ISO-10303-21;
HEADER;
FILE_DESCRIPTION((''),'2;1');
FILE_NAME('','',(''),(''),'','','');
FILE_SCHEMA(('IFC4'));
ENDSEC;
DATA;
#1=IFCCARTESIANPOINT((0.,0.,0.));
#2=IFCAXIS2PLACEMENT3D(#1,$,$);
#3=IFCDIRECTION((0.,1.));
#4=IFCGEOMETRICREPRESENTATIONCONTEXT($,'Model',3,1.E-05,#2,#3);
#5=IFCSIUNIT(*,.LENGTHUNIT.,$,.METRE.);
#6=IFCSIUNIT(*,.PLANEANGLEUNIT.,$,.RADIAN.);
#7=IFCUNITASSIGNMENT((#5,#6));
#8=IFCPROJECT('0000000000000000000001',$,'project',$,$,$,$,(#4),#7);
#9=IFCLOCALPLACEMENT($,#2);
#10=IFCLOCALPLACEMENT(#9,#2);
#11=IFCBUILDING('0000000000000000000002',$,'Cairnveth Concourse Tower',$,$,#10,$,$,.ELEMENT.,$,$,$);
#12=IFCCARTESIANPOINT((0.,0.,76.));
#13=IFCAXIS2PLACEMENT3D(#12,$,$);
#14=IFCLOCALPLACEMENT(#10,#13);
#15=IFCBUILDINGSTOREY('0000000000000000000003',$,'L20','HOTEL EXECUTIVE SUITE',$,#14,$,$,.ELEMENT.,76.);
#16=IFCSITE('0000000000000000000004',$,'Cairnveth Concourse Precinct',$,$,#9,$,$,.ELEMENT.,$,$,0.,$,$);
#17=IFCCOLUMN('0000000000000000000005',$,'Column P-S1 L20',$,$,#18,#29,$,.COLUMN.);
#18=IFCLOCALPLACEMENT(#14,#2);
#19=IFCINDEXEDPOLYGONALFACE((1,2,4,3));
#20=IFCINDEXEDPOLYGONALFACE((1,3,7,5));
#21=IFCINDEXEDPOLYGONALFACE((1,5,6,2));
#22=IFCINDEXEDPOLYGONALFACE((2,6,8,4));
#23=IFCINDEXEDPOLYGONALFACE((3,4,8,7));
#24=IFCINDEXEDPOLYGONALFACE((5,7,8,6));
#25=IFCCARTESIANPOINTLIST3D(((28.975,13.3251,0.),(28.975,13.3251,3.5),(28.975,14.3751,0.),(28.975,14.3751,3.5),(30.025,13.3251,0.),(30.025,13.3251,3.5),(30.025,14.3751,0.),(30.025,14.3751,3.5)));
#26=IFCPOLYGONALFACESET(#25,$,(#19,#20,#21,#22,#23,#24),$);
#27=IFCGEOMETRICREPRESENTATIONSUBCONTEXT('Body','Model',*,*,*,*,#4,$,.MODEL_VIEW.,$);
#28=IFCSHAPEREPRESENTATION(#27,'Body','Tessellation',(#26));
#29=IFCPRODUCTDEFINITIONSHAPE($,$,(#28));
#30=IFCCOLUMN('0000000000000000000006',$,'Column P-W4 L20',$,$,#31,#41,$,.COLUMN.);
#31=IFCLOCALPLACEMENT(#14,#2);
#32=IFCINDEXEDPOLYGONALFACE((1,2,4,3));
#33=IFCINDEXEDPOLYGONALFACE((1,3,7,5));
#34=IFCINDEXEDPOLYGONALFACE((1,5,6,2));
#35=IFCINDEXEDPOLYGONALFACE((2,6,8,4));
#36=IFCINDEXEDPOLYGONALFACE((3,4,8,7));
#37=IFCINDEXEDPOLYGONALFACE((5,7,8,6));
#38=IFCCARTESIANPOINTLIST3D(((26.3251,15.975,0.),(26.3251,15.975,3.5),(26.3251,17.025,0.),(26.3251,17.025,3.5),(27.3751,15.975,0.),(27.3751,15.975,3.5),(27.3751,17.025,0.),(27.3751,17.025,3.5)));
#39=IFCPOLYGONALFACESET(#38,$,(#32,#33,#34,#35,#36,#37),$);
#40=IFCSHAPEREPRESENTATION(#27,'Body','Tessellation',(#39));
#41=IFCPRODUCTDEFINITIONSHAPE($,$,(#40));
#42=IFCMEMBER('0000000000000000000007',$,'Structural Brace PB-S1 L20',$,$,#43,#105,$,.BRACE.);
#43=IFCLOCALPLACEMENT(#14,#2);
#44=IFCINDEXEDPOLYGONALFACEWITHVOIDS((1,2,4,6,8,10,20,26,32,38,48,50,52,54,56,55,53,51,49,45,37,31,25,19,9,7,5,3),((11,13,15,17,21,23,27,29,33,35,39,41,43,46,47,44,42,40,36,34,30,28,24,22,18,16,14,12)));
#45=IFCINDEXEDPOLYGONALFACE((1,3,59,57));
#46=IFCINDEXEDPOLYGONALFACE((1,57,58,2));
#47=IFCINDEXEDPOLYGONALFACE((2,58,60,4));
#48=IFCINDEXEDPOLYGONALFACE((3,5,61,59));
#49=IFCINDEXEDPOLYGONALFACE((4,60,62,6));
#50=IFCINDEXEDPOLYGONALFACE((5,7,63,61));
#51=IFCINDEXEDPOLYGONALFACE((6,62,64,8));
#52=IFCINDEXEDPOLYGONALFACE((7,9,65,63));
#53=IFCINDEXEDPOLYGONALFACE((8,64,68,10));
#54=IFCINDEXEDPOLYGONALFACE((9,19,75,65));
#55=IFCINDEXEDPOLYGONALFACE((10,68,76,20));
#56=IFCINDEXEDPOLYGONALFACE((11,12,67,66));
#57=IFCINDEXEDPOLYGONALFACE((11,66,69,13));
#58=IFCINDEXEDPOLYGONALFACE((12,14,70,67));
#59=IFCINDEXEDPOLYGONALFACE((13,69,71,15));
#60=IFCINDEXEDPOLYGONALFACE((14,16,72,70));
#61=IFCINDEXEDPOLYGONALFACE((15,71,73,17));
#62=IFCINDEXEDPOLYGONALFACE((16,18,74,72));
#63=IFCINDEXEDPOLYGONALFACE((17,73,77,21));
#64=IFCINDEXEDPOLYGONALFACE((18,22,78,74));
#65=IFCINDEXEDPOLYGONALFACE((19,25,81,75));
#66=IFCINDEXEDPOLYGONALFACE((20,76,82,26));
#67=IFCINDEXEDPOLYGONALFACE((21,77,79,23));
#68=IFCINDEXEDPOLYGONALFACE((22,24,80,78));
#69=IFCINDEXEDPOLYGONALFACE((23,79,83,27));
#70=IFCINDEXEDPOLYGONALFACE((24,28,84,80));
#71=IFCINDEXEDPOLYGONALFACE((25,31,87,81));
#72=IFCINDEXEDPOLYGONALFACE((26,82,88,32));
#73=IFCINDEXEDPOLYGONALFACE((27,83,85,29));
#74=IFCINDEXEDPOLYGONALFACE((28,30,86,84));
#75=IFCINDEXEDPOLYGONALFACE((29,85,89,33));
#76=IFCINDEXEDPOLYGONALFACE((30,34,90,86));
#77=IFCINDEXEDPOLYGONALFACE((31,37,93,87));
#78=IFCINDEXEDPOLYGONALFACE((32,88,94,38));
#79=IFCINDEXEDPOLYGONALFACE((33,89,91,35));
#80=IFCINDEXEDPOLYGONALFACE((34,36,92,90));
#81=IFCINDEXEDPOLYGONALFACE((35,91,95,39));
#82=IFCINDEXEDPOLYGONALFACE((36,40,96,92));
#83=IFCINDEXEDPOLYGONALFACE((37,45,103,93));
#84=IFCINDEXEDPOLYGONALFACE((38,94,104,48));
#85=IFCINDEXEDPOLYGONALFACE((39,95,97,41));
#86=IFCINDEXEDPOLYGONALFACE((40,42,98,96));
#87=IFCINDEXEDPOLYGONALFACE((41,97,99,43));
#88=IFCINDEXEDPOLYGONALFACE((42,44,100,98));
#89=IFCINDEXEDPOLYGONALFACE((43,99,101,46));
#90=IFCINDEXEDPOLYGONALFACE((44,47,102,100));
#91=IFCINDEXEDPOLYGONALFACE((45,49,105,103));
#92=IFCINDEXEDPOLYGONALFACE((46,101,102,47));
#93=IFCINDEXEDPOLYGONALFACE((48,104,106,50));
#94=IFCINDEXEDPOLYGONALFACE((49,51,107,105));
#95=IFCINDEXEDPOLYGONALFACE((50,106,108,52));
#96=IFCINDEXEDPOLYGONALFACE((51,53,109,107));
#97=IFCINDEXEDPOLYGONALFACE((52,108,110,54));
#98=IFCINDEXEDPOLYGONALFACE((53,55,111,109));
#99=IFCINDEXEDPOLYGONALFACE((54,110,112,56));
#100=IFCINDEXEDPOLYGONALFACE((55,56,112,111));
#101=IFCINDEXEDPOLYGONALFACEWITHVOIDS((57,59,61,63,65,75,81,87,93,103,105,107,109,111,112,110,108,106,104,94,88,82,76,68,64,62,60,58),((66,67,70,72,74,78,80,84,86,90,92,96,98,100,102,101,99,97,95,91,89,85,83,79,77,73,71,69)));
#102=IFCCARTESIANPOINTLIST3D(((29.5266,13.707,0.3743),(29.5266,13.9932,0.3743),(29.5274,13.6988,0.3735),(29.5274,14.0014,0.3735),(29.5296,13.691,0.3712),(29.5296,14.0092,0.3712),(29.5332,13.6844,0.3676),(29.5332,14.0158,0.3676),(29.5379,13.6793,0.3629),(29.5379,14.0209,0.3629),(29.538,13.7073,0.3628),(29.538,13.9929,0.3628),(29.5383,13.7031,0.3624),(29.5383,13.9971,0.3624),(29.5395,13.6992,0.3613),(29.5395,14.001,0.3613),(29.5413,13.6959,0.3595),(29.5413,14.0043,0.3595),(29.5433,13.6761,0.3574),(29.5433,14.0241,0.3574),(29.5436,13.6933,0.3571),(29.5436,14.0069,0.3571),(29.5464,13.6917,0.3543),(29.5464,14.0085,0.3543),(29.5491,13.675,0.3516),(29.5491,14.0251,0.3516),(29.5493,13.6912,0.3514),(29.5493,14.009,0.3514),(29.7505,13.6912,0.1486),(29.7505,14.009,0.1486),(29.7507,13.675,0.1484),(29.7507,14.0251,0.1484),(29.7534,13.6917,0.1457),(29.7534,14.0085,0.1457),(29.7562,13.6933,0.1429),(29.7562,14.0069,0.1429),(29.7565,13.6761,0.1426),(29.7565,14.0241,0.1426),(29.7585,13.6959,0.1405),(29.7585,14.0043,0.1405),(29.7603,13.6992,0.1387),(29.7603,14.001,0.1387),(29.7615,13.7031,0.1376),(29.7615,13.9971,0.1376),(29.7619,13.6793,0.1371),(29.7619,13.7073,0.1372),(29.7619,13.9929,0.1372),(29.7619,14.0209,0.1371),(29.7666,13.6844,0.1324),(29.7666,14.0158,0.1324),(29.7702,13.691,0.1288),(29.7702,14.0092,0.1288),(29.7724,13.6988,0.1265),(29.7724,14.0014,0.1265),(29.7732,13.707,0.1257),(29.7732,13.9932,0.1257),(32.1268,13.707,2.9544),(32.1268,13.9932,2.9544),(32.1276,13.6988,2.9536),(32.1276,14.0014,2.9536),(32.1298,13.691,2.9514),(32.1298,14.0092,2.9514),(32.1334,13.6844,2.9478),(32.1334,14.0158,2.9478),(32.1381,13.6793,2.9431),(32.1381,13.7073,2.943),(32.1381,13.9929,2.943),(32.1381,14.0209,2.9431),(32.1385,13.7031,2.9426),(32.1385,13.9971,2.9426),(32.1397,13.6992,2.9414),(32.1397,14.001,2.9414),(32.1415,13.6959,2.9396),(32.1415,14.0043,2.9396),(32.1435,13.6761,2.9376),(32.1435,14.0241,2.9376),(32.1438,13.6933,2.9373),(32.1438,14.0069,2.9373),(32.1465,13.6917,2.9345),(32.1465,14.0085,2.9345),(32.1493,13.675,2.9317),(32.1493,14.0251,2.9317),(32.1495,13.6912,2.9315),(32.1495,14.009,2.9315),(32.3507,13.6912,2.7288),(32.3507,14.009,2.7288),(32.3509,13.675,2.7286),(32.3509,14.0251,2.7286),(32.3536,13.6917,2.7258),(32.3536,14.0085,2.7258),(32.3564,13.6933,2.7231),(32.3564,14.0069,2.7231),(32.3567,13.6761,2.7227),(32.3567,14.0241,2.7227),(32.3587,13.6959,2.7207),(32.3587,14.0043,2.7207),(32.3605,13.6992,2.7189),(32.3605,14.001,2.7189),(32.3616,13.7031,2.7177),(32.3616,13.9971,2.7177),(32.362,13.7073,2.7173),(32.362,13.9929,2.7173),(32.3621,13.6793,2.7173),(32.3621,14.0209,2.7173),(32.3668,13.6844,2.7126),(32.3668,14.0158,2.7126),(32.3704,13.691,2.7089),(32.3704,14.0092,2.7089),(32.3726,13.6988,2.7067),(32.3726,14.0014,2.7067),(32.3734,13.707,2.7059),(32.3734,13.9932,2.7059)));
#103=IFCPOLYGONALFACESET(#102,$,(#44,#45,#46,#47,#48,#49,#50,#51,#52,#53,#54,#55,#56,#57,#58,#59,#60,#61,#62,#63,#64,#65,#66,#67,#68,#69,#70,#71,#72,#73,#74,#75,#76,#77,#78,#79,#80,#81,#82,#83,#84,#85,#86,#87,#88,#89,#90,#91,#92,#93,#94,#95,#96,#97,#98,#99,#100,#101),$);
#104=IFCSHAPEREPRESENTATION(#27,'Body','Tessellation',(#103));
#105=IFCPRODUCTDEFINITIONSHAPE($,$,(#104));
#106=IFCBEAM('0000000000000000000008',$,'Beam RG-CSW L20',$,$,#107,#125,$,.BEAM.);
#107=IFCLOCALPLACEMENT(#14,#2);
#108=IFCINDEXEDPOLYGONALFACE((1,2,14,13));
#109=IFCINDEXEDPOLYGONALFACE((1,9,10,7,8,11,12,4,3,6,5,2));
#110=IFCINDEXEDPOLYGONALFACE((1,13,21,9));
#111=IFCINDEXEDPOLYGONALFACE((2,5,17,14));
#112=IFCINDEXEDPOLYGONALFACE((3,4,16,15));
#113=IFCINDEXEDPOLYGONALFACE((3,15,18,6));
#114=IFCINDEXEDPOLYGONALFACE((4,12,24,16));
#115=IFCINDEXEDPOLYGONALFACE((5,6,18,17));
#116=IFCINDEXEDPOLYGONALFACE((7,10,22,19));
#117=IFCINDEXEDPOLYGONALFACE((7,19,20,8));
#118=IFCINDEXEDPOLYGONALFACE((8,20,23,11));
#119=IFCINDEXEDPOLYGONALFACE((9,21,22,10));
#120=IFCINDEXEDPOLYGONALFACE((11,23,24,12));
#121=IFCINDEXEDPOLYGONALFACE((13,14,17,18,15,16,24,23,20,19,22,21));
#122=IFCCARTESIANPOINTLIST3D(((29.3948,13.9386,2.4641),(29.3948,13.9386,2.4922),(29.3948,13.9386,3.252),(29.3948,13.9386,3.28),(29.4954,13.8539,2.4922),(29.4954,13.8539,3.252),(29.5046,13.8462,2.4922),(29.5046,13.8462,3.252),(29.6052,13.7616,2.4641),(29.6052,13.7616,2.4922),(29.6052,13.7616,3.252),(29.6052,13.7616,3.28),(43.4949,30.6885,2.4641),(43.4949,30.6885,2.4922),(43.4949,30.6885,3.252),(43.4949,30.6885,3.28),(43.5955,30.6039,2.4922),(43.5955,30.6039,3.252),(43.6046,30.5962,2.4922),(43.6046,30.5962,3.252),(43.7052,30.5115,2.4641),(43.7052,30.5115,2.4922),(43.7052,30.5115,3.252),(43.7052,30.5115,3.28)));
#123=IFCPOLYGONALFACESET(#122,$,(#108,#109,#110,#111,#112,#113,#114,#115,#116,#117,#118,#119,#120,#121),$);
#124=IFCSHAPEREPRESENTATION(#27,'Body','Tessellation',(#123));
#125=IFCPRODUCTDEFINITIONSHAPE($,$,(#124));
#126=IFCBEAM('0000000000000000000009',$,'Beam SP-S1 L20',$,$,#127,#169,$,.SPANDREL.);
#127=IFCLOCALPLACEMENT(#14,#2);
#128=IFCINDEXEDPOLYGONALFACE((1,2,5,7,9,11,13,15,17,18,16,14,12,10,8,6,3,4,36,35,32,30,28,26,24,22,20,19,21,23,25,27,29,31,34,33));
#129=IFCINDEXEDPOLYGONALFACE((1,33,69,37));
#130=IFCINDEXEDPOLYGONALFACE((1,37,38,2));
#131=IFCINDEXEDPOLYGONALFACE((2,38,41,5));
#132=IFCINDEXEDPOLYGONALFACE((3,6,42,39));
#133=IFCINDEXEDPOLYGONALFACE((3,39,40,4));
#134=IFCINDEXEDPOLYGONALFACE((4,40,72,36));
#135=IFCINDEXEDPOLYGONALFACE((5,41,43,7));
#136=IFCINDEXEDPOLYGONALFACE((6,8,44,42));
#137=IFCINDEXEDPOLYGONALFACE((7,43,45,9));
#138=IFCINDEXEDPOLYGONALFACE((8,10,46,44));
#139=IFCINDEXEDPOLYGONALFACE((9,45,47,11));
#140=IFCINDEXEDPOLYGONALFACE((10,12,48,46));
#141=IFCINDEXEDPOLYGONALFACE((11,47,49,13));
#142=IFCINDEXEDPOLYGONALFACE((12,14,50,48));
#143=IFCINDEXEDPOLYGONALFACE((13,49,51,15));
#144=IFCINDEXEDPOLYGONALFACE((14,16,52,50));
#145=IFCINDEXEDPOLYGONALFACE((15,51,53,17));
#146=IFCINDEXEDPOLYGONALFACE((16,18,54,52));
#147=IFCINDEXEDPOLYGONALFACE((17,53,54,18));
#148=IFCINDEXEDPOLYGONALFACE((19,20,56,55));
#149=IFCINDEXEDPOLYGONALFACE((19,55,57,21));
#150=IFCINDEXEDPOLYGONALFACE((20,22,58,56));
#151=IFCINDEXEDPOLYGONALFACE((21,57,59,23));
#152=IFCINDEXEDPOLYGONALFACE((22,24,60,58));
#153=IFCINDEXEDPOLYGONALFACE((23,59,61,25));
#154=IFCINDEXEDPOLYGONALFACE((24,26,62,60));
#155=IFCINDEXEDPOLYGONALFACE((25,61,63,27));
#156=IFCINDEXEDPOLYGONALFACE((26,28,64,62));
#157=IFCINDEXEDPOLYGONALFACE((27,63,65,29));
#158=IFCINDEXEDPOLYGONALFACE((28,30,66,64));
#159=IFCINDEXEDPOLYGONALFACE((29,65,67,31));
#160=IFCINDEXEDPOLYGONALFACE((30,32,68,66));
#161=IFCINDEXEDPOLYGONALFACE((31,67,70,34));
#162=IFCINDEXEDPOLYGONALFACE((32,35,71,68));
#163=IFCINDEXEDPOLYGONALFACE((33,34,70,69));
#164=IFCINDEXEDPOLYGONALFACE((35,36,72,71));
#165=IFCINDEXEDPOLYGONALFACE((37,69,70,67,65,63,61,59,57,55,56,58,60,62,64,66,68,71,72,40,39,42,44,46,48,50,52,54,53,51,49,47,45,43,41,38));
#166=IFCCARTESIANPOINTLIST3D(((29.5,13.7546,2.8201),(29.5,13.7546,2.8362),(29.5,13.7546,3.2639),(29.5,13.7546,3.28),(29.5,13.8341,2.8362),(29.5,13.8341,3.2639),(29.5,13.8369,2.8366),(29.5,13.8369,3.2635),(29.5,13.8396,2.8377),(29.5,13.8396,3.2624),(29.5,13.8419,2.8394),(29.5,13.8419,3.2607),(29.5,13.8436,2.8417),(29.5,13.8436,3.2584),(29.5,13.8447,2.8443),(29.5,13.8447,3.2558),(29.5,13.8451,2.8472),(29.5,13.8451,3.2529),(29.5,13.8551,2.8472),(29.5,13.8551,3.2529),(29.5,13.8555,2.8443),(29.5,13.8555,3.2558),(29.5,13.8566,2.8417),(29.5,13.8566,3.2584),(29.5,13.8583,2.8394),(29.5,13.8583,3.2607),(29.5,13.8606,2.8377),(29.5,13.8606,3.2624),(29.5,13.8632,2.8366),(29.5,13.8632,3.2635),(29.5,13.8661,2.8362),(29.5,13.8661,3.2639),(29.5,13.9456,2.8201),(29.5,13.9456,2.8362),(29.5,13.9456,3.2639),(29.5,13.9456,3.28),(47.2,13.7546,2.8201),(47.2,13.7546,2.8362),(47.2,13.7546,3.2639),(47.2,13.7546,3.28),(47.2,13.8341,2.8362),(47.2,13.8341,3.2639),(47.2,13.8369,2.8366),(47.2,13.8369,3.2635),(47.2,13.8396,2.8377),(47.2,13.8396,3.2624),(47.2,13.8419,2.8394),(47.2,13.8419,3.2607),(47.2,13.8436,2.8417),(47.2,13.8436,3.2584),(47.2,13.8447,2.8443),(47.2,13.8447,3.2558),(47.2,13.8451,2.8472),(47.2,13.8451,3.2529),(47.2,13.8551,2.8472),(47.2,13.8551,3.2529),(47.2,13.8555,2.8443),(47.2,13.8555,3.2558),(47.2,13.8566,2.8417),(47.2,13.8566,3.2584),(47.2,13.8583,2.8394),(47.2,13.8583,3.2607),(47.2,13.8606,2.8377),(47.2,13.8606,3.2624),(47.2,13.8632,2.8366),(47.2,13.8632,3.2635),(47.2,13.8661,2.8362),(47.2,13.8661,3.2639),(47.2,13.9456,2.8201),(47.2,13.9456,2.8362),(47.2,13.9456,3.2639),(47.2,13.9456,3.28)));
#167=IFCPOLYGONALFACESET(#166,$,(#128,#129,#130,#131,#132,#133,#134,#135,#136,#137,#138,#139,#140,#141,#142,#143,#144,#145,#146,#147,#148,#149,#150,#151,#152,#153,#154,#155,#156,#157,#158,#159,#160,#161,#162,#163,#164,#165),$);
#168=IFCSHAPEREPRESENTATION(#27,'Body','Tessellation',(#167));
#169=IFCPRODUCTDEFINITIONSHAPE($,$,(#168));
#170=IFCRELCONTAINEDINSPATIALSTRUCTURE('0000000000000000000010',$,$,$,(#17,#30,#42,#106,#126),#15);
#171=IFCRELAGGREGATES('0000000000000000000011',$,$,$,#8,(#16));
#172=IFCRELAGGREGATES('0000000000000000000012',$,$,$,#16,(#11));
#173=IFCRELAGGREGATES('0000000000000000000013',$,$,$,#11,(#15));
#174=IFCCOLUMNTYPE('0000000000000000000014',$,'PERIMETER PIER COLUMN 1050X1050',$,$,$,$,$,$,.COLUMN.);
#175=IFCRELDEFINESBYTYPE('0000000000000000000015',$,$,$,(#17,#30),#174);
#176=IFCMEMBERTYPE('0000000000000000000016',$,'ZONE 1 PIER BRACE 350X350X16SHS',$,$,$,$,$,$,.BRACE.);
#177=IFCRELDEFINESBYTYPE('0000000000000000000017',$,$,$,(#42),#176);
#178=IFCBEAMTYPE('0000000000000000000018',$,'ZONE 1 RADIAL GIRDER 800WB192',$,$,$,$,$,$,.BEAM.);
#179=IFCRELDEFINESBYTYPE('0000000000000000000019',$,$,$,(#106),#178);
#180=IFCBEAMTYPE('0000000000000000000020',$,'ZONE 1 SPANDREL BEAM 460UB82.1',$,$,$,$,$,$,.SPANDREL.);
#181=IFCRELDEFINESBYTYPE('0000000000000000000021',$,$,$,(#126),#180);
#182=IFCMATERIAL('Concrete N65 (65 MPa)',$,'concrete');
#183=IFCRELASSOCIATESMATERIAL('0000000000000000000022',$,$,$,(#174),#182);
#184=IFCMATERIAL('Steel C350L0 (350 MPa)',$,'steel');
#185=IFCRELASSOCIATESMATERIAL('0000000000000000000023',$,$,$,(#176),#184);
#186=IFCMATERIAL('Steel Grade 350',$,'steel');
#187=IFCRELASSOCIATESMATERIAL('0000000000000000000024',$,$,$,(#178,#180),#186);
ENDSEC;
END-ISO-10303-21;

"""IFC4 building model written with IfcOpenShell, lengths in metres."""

from ifc_helpers import new_model, si_unit, direction, frame, origin, origin_2d, place, context, subcontext, project, spatial, rectangle, hollow_rectangle, i_section, extrude, material, material_profile, profile_set, type_object, element, save


model = new_model("IFC4")

# Units and contexts
model_context = context("Model", 3, precision=1e-05, world=origin(), true_north=direction((0.0, 1.0)))
body_context = subcontext(model_context, "Body", "Model", "MODEL_VIEW")
ifc_project = project(units=[si_unit("LENGTHUNIT", "METRE"), si_unit("PLANEANGLEUNIT", "RADIAN")], contexts=[model_context])

# Site, building, storey
site_placement = place(None, origin())
site = spatial("IfcSite", under=ifc_project, at=site_placement, Name="Cairnveth Concourse Precinct", CompositionType="ELEMENT", RefElevation=0.0)
building_placement = place(site_placement, origin())
building = spatial("IfcBuilding", under=site, at=building_placement, Name="Cairnveth Concourse Tower", CompositionType="ELEMENT")
storey_placement = place(building_placement, frame((0.0, 0.0, 76.0)))
storey = spatial("IfcBuildingStorey", under=building, at=storey_placement, Name="L20", Description="HOTEL EXECUTIVE SUITE", CompositionType="ELEMENT", Elevation=76.0)

# Columns
ifc_material_1 = material(Name="Concrete N65 (65 MPa)", Category="concrete")
ifc_material_profile_1 = material_profile(ifc_material_1, rectangle(XDim=1.05, YDim=1.05, at=origin_2d()), Name="RC-COL-1050x1050")
ifc_profile_set_1 = profile_set([ifc_material_profile_1], Name="Concrete N65 (65 MPa)")
column_type = type_object("IfcColumnType", Name="PERIMETER PIER COLUMN 1050X1050", PredefinedType="COLUMN", material=ifc_profile_set_1)
for number, where, z_axis, x_axis, name in (
    (1, (29.5, 13.8501, 0.0), (0.0, 0.0, 1.0), (1.0, 0.0, 0.0), "Column P-S1 L20"),
    (2, (26.8501, 16.5, 0.0), (0.0, 0.0, 1.0), (0.0, 1.0, 0.0), "Column P-W4 L20"),
):
    element("IfcColumn", number, at=place(storey_placement, frame(where, z_axis=z_axis, x_axis=x_axis)), inside=storey, type_object=column_type, Name=name, PredefinedType="COLUMN", context=body_context, shape_type="SweptSolid", body=[
        extrude(rectangle(XDim=1.05, YDim=1.05, at=origin_2d()), origin(), (0.0, 0.0, 1.0), 3.5),
    ])

# Member
ifc_material_2 = material(Name="Steel C350L0 (350 MPa)", Category="steel")
ifc_material_profile_2 = material_profile(ifc_material_2, hollow_rectangle(XDim=0.3501, YDim=0.3501, WallThickness=0.0161, InnerFilletRadius=0.0161, OuterFilletRadius=0.032, at=origin_2d()), Name="350x350x16.0SHS")
ifc_profile_set_2 = profile_set([ifc_material_profile_2], Name="Steel C350L0 (350 MPa)")
member_type = type_object("IfcMemberType", Name="ZONE 1 PIER BRACE 350X350X16SHS", PredefinedType="BRACE", material=ifc_profile_set_2)
member_placement = place(storey_placement, frame((29.6499, 13.8501, 0.25), z_axis=(0.709834, 0.0, 0.704369), x_axis=(0.0, 1.0, 0.0)))
element("IfcMember", 3, at=member_placement, inside=storey, type_object=member_type, Name="Structural Brace PB-S1 L20", PredefinedType="BRACE", context=body_context, shape_type="SweptSolid", body=[
    extrude(hollow_rectangle(XDim=0.3501, YDim=0.3501, WallThickness=0.0161, InnerFilletRadius=0.0161, OuterFilletRadius=0.032, at=origin_2d()), origin(), (0.0, 0.0, 1.0), 3.6631),
])

# Beams
ifc_material_3 = material(Name="Steel Grade 350", Category="steel")
ifc_material_profile_3 = material_profile(ifc_material_3, i_section(OverallWidth=0.2749, OverallDepth=0.8159, WebThickness=0.012, FlangeThickness=0.0281, at=origin_2d()), Name="800WB192")
ifc_profile_set_3 = profile_set([ifc_material_profile_3], Name="Steel Grade 350")
beam_type_1 = type_object("IfcBeamType", Name="ZONE 1 RADIAL GIRDER 800WB192", PredefinedType="BEAM", material=ifc_profile_set_3)
beam_placement = place(storey_placement, frame((29.5, 13.8501, 2.8721), z_axis=(0.643998, 0.765027, 0.0), x_axis=(-0.765027, 0.643998, 0.0)))
element("IfcBeam", 4, at=beam_placement, inside=storey, type_object=beam_type_1, Name="Beam RG-CSW L20", PredefinedType="BEAM", context=body_context, shape_type="SweptSolid", body=[
    extrude(i_section(OverallWidth=0.2749, OverallDepth=0.8159, WebThickness=0.012, FlangeThickness=0.0281, at=origin_2d()), origin(), (0.0, 0.0, 1.0), 21.8945),
])
ifc_material_profile_4 = material_profile(ifc_material_3, i_section(OverallWidth=0.1909, OverallDepth=0.46, WebThickness=0.01, FlangeThickness=0.0161, FilletRadius=0.011, at=origin_2d()), Name="460UB82.1")
ifc_profile_set_4 = profile_set([ifc_material_profile_4], Name="Steel Grade 350")
beam_type_2 = type_object("IfcBeamType", Name="ZONE 1 SPANDREL BEAM 460UB82.1", PredefinedType="SPANDREL", material=ifc_profile_set_4)
for number, where, z_axis, x_axis, name in (
    (5, (29.5, 13.8501, 3.05), (1.0, 0.0, 0.0), (0.0, 1.0, 0.0), "Beam SP-S1 L20"),
):
    element("IfcBeam", number, at=place(storey_placement, frame(where, z_axis=z_axis, x_axis=x_axis)), inside=storey, type_object=beam_type_2, Name=name, PredefinedType="SPANDREL", context=body_context, shape_type="SweptSolid", body=[
        extrude(i_section(OverallWidth=0.1909, OverallDepth=0.46, WebThickness=0.01, FlangeThickness=0.0161, FilletRadius=0.011, at=origin_2d()), origin(), (0.0, 0.0, 1.0), 17.7),
    ])

save(model, "model.ifc")
